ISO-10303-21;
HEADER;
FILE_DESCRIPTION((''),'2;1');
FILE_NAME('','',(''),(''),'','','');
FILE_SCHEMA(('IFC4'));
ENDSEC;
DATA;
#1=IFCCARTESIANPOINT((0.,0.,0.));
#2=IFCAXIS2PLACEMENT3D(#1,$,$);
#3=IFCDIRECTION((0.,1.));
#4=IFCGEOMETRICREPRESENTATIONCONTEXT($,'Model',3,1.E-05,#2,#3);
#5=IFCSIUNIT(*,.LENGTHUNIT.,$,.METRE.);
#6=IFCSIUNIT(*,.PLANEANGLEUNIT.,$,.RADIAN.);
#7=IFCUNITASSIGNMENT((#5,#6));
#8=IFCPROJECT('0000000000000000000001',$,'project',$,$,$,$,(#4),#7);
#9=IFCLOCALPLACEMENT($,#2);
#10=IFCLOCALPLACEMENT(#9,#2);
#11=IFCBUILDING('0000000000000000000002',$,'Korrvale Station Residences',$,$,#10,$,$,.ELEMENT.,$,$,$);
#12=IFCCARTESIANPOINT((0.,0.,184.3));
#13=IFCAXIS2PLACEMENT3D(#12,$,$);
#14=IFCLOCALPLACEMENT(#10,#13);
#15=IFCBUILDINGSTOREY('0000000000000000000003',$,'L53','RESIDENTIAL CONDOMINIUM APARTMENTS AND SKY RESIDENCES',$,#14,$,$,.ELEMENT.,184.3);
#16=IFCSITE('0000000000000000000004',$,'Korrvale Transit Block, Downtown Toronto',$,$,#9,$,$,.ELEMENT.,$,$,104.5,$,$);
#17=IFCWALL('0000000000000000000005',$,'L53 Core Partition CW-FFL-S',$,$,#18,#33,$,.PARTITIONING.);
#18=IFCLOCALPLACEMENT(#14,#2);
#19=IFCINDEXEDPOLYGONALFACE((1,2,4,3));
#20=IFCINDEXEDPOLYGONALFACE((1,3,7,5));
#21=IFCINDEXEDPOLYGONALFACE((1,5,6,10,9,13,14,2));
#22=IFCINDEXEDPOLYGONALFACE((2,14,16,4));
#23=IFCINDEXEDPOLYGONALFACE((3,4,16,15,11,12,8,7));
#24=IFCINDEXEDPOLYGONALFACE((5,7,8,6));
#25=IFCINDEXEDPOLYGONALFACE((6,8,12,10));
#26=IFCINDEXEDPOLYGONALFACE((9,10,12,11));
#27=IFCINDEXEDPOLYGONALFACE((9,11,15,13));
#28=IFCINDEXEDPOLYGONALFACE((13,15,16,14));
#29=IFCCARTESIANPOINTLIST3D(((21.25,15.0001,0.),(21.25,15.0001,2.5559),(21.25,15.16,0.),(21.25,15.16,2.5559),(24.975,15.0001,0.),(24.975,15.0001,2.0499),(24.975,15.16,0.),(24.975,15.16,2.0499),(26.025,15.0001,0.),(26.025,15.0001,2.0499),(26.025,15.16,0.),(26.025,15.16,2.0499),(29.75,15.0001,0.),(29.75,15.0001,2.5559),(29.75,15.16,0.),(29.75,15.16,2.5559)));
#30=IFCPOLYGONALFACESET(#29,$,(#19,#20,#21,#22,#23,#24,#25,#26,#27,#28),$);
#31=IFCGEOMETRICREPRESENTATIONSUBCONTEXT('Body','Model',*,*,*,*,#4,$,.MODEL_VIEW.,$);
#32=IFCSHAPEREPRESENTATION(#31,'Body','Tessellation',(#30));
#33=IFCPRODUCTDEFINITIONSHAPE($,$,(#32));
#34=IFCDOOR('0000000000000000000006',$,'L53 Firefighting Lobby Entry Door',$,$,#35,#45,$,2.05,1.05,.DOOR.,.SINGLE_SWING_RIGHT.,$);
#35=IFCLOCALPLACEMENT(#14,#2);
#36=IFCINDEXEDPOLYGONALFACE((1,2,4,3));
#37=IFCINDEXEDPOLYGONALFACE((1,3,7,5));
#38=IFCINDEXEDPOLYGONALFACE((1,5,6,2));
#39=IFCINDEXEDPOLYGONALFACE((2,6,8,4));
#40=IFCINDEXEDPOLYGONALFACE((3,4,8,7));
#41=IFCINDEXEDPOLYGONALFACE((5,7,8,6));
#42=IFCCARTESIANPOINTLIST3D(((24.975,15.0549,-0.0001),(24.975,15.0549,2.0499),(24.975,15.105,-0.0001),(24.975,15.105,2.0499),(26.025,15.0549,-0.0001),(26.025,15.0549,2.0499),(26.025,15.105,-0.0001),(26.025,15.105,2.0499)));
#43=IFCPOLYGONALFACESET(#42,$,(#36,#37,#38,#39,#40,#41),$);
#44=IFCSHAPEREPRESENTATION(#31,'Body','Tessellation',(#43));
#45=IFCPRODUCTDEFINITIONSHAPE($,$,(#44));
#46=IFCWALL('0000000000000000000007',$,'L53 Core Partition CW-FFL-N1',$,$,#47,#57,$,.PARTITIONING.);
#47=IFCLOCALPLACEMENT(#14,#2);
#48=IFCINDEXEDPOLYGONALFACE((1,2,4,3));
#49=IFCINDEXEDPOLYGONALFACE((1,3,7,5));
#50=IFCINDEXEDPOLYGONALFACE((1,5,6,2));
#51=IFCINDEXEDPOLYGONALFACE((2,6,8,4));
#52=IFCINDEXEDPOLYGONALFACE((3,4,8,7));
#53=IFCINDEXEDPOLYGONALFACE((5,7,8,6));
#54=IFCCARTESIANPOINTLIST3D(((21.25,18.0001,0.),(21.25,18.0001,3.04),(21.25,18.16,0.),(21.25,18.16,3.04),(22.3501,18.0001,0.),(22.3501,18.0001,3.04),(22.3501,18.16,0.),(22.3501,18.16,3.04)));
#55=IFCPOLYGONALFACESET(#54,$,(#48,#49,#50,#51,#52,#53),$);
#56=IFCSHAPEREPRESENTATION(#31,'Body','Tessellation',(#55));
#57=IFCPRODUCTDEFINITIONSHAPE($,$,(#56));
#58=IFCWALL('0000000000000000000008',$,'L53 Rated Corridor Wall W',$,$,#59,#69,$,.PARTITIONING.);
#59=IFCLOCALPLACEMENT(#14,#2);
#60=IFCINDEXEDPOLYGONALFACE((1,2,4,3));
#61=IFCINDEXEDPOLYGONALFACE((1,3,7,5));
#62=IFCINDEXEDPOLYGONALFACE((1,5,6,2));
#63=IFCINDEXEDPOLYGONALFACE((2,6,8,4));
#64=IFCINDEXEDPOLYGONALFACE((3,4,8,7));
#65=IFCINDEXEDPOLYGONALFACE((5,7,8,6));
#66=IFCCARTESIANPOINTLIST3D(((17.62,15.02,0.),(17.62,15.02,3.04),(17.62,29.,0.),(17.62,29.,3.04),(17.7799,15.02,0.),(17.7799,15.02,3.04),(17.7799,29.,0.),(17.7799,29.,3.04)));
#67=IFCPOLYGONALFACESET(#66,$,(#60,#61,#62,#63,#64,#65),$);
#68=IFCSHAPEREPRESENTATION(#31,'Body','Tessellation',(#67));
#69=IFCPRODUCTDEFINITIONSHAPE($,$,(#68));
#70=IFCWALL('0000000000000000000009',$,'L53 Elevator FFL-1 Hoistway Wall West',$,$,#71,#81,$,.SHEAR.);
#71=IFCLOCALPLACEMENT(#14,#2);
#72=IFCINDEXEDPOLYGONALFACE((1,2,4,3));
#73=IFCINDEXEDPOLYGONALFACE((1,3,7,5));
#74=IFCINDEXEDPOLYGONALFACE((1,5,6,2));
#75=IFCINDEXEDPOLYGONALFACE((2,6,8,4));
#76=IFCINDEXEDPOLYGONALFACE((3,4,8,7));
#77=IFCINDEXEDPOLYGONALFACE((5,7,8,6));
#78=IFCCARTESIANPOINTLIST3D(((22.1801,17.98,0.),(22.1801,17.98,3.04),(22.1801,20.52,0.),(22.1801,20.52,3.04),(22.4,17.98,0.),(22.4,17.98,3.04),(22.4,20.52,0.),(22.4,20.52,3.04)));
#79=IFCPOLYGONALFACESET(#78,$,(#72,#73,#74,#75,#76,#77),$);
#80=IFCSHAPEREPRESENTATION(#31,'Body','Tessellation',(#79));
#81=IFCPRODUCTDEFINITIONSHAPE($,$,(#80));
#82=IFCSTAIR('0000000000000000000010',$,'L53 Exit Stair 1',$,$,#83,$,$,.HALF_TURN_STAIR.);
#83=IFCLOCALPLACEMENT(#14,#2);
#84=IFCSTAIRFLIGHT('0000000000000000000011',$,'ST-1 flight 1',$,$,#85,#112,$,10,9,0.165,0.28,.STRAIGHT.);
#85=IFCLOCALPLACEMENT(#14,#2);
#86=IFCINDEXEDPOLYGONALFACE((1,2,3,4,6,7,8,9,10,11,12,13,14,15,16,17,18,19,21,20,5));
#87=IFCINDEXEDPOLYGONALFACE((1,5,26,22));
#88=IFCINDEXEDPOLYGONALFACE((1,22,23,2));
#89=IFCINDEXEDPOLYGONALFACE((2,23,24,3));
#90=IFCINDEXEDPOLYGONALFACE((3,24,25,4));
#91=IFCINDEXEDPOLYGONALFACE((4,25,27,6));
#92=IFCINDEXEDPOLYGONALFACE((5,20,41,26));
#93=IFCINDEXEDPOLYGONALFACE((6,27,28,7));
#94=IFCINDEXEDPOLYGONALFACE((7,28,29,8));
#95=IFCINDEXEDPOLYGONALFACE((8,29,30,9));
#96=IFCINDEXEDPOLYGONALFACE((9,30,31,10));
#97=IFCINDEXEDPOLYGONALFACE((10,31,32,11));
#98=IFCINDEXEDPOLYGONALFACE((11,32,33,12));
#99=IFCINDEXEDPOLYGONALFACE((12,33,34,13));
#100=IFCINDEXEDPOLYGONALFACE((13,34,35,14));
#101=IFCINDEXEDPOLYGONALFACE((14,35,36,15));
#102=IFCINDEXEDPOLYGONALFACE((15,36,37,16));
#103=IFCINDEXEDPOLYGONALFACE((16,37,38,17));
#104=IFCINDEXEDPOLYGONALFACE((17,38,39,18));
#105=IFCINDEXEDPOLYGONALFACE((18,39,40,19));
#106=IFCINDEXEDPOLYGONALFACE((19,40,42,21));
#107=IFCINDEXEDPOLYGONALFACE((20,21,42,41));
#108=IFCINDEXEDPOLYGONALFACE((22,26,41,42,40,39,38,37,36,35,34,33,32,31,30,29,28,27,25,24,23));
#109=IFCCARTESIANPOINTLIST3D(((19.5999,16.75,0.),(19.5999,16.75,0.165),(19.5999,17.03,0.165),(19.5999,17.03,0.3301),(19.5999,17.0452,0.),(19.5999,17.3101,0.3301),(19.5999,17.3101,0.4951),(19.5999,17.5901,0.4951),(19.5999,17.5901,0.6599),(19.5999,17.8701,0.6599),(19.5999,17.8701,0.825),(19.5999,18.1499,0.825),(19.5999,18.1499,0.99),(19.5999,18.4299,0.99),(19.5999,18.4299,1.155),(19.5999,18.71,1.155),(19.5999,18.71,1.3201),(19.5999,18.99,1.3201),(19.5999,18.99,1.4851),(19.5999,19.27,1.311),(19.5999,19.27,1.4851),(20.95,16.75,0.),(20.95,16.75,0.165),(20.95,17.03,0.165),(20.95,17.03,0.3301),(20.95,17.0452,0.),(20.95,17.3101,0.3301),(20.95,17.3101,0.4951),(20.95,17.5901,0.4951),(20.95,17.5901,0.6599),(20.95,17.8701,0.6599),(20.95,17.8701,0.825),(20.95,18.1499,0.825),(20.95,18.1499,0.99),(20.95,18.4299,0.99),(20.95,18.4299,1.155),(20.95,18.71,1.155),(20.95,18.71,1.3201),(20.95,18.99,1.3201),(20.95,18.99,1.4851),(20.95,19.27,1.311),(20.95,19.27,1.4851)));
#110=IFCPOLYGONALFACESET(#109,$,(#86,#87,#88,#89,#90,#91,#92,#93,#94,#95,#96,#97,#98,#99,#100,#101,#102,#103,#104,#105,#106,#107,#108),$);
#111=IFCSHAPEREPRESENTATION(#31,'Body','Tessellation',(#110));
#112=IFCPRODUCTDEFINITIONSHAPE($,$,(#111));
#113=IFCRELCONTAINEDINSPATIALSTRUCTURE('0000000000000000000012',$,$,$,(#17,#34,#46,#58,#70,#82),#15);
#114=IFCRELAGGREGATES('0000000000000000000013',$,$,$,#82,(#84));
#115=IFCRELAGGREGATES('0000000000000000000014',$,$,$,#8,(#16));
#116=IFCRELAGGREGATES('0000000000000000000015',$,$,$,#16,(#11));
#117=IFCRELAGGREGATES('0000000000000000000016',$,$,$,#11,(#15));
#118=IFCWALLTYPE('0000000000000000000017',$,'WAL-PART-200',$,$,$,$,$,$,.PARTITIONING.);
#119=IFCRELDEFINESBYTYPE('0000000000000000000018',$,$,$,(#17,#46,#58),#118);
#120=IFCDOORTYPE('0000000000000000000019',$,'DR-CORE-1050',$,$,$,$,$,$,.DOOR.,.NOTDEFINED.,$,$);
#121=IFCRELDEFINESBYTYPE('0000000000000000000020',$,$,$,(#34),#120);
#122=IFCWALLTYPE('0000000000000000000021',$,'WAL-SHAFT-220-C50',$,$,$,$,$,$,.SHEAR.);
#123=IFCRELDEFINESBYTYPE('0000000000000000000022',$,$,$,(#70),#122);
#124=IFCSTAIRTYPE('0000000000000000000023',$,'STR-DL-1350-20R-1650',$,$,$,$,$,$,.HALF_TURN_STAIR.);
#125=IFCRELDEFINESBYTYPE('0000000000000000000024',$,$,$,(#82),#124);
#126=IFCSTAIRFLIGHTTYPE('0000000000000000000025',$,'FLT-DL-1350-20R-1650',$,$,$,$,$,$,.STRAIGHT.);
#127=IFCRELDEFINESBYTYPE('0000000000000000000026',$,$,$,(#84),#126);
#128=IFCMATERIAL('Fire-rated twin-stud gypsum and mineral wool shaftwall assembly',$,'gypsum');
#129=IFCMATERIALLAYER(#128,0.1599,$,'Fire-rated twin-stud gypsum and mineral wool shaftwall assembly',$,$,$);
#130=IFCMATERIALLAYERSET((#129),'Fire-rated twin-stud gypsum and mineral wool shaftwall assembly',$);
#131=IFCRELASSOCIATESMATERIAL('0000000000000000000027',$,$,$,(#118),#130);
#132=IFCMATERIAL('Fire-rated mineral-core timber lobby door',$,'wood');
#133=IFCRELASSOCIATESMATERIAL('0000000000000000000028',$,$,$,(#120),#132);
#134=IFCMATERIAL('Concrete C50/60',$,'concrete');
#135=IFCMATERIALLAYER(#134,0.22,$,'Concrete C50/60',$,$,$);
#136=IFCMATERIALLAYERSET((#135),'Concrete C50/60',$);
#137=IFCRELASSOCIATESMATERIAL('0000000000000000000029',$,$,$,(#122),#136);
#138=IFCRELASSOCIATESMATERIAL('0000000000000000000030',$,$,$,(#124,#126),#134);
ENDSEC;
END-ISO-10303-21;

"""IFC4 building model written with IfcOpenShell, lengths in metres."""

from ifc_helpers import new_model, si_unit, direction, frame, frame_2d, origin, place, context, subcontext, project, spatial, polyline, rectangle, outline, extrude, material, layer, layer_set, type_object, element, fill, aggregate, save


model = new_model("IFC4")

# Units and contexts
model_context = context("Model", 3, precision=1e-05, world=origin(), true_north=direction((0.0, 1.0)))
body_context = subcontext(model_context, "Body", "Model", "MODEL_VIEW")
ifc_project = project(units=[si_unit("LENGTHUNIT", "METRE"), si_unit("PLANEANGLEUNIT", "RADIAN")], contexts=[model_context])

# Site, building, storey
site_placement = place(None, origin())
site = spatial("IfcSite", under=ifc_project, at=site_placement, Name="Korrvale Transit Block, Downtown Toronto", CompositionType="ELEMENT", RefElevation=104.5)
building_placement = place(site_placement, origin())
building = spatial("IfcBuilding", under=site, at=building_placement, Name="Korrvale Station Residences", CompositionType="ELEMENT")
storey_placement = place(building_placement, frame((0.0, 0.0, 184.3)))
storey = spatial("IfcBuildingStorey", under=building, at=storey_placement, Name="L53", Description="RESIDENTIAL CONDOMINIUM APARTMENTS AND SKY RESIDENCES", CompositionType="ELEMENT", Elevation=184.3)

# Shared definitions
ifc_material_1 = material(Name="Concrete C50/60", Category="concrete")

# Wall, opening, door
ifc_material_2 = material(Name="Fire-rated twin-stud gypsum and mineral wool shaftwall assembly", Category="gypsum")
ifc_layer_1 = layer(ifc_material_2, 0.1599, Name="Fire-rated twin-stud gypsum and mineral wool shaftwall assembly")
ifc_layer_set_1 = layer_set([ifc_layer_1], Name="Fire-rated twin-stud gypsum and mineral wool shaftwall assembly")
wall_type_1 = type_object("IfcWallType", Name="WAL-PART-200", PredefinedType="PARTITIONING", material=ifc_layer_set_1)
wall_1_placement = place(storey_placement, frame((21.25, 15.0801, 0.0), z_axis=(0.0, 0.0, 1.0), x_axis=(1.0, 0.0, 0.0)))
wall_1 = element("IfcWall", 1, at=wall_1_placement, inside=storey, type_object=wall_type_1, Name="L53 Core Partition CW-FFL-S", PredefinedType="PARTITIONING", context=body_context, shape_type="SweptSolid", body=[
    extrude(rectangle(XDim=8.5, YDim=0.1599, at=frame_2d((4.25, 0.0))), origin(), (0.0, 0.0, 1.0), 2.5559),
])
opening_1_placement = place(wall_1_placement, frame((3.7251, 0.0, 0.0)))
opening_1 = element("IfcOpeningElement", 2, at=opening_1_placement, cuts=wall_1, PredefinedType="OPENING", context=body_context, shape_type="SweptSolid", body=[
    extrude(rectangle(XDim=1.05, YDim=2.05, at=frame_2d((0.5249, 1.0249))), frame((0.0, 0.0898, 0.0), z_axis=(0.0, -1.0, 0.0), x_axis=(1.0, 0.0, 0.0)), (0.0, 0.0, 1.0), 0.1799),
])
ifc_material_3 = material(Name="Fire-rated mineral-core timber lobby door", Category="wood")
door_type_1 = type_object("IfcDoorType", Name="DR-CORE-1050", OperationType="NOTDEFINED", PredefinedType="DOOR", material=ifc_material_3)
door_1_placement = place(opening_1_placement, origin())
door_1 = element("IfcDoor", 3, at=door_1_placement, inside=storey, type_object=door_type_1, Name="L53 Firefighting Lobby Entry Door", OperationType="SINGLE_SWING_RIGHT", OverallHeight=2.05, OverallWidth=1.05, PredefinedType="DOOR", context=body_context, shape_type="SweptSolid", body=[
    extrude(rectangle(XDim=1.05, YDim=2.05, at=frame_2d((0.5249, 1.0249))), frame((0.0, 0.0249, 0.0), z_axis=(0.0, -1.0, 0.0), x_axis=(1.0, 0.0, 0.0)), (0.0, 0.0, 1.0), 0.05),
])
fill(opening_1, door_1)

# Walls
wall_2_placement = place(storey_placement, frame((21.25, 18.0801, 0.0), z_axis=(0.0, 0.0, 1.0), x_axis=(1.0, 0.0, 0.0)))
element("IfcWall", 4, at=wall_2_placement, inside=storey, type_object=wall_type_1, Name="L53 Core Partition CW-FFL-N1", PredefinedType="PARTITIONING", context=body_context, shape_type="SweptSolid", body=[
    extrude(rectangle(XDim=1.1001, YDim=0.1599, at=frame_2d((0.55, 0.0))), origin(), (0.0, 0.0, 1.0), 3.04),
])
wall_3_placement = place(storey_placement, frame((17.7, 15.02, 0.0), z_axis=(0.0, 0.0, 1.0), x_axis=(0.0, 1.0, 0.0)))
element("IfcWall", 5, at=wall_3_placement, inside=storey, type_object=wall_type_1, Name="L53 Rated Corridor Wall W", PredefinedType="PARTITIONING", context=body_context, shape_type="SweptSolid", body=[
    extrude(rectangle(XDim=13.98, YDim=0.1599, at=frame_2d((6.99, 0.0))), origin(), (0.0, 0.0, 1.0), 3.04),
])

# Shared definitions
ifc_layer_2 = layer(ifc_material_1, 0.22, Name="Concrete C50/60")
ifc_layer_set_2 = layer_set([ifc_layer_2], Name="Concrete C50/60")
wall_type_2 = type_object("IfcWallType", Name="WAL-SHAFT-220-C50", PredefinedType="SHEAR", material=ifc_layer_set_2)

# Wall
wall_4_placement = place(storey_placement, frame((22.29, 17.98, 0.0), z_axis=(0.0, 0.0, 1.0), x_axis=(0.0, 1.0, 0.0)))
element("IfcWall", 6, at=wall_4_placement, inside=storey, type_object=wall_type_2, Name="L53 Elevator FFL-1 Hoistway Wall West", PredefinedType="SHEAR", context=body_context, shape_type="SweptSolid", body=[
    extrude(rectangle(XDim=2.54, YDim=0.22, at=frame_2d((1.27, 0.0))), origin(), (0.0, 0.0, 1.0), 3.04),
])

# Stair, stair flight
stair_type = type_object("IfcStairType", Name="STR-DL-1350-20R-1650", PredefinedType="HALF_TURN_STAIR", material=ifc_material_1)
stair_placement = place(storey_placement, origin())
stair = element("IfcStair", 7, at=stair_placement, inside=storey, type_object=stair_type, Name="L53 Exit Stair 1", PredefinedType="HALF_TURN_STAIR")
stair_flight_type = type_object("IfcStairFlightType", Name="FLT-DL-1350-20R-1650", PredefinedType="STRAIGHT", material=ifc_material_1)
stair_flight_placement = place(storey_placement, frame((20.2749, 16.75, 0.0), z_axis=(0.0, 0.0, 1.0), x_axis=(0.0, 1.0, 0.0)))
stair_flight = element("IfcStairFlight", 8, at=stair_flight_placement, type_object=stair_flight_type, Name="ST-1 flight 1", NumberOfRisers=10, NumberOfTreads=9, PredefinedType="STRAIGHT", RiserHeight=0.165, TreadLength=0.28, context=body_context, shape_type="SweptSolid", body=[
    extrude(outline(polyline([(0.0, 0.0), (0.0, 0.165), (0.28, 0.165), (0.28, 0.3301), (0.5601, 0.3301), (0.5601, 0.4951), (0.8401, 0.4951), (0.8401, 0.6599), (1.1201, 0.6599), (1.1201, 0.825), (1.3999, 0.825), (1.3999, 0.99), (1.6799, 0.99), (1.6799, 1.155), (1.96, 1.155), (1.96, 1.3201), (2.24, 1.3201), (2.24, 1.4851), (2.52, 1.4851), (2.52, 1.6499), (2.52, 1.311), (0.2952, 0.0), (0.0, 0.0)])), frame((0.0, 0.675, 0.0), z_axis=(0.0, -1.0, 0.0), x_axis=(1.0, 0.0, 0.0)), (0.0, 0.0, 1.0), 1.3501),
])
aggregate(stair, [stair_flight])

save(model, "model.ifc")
